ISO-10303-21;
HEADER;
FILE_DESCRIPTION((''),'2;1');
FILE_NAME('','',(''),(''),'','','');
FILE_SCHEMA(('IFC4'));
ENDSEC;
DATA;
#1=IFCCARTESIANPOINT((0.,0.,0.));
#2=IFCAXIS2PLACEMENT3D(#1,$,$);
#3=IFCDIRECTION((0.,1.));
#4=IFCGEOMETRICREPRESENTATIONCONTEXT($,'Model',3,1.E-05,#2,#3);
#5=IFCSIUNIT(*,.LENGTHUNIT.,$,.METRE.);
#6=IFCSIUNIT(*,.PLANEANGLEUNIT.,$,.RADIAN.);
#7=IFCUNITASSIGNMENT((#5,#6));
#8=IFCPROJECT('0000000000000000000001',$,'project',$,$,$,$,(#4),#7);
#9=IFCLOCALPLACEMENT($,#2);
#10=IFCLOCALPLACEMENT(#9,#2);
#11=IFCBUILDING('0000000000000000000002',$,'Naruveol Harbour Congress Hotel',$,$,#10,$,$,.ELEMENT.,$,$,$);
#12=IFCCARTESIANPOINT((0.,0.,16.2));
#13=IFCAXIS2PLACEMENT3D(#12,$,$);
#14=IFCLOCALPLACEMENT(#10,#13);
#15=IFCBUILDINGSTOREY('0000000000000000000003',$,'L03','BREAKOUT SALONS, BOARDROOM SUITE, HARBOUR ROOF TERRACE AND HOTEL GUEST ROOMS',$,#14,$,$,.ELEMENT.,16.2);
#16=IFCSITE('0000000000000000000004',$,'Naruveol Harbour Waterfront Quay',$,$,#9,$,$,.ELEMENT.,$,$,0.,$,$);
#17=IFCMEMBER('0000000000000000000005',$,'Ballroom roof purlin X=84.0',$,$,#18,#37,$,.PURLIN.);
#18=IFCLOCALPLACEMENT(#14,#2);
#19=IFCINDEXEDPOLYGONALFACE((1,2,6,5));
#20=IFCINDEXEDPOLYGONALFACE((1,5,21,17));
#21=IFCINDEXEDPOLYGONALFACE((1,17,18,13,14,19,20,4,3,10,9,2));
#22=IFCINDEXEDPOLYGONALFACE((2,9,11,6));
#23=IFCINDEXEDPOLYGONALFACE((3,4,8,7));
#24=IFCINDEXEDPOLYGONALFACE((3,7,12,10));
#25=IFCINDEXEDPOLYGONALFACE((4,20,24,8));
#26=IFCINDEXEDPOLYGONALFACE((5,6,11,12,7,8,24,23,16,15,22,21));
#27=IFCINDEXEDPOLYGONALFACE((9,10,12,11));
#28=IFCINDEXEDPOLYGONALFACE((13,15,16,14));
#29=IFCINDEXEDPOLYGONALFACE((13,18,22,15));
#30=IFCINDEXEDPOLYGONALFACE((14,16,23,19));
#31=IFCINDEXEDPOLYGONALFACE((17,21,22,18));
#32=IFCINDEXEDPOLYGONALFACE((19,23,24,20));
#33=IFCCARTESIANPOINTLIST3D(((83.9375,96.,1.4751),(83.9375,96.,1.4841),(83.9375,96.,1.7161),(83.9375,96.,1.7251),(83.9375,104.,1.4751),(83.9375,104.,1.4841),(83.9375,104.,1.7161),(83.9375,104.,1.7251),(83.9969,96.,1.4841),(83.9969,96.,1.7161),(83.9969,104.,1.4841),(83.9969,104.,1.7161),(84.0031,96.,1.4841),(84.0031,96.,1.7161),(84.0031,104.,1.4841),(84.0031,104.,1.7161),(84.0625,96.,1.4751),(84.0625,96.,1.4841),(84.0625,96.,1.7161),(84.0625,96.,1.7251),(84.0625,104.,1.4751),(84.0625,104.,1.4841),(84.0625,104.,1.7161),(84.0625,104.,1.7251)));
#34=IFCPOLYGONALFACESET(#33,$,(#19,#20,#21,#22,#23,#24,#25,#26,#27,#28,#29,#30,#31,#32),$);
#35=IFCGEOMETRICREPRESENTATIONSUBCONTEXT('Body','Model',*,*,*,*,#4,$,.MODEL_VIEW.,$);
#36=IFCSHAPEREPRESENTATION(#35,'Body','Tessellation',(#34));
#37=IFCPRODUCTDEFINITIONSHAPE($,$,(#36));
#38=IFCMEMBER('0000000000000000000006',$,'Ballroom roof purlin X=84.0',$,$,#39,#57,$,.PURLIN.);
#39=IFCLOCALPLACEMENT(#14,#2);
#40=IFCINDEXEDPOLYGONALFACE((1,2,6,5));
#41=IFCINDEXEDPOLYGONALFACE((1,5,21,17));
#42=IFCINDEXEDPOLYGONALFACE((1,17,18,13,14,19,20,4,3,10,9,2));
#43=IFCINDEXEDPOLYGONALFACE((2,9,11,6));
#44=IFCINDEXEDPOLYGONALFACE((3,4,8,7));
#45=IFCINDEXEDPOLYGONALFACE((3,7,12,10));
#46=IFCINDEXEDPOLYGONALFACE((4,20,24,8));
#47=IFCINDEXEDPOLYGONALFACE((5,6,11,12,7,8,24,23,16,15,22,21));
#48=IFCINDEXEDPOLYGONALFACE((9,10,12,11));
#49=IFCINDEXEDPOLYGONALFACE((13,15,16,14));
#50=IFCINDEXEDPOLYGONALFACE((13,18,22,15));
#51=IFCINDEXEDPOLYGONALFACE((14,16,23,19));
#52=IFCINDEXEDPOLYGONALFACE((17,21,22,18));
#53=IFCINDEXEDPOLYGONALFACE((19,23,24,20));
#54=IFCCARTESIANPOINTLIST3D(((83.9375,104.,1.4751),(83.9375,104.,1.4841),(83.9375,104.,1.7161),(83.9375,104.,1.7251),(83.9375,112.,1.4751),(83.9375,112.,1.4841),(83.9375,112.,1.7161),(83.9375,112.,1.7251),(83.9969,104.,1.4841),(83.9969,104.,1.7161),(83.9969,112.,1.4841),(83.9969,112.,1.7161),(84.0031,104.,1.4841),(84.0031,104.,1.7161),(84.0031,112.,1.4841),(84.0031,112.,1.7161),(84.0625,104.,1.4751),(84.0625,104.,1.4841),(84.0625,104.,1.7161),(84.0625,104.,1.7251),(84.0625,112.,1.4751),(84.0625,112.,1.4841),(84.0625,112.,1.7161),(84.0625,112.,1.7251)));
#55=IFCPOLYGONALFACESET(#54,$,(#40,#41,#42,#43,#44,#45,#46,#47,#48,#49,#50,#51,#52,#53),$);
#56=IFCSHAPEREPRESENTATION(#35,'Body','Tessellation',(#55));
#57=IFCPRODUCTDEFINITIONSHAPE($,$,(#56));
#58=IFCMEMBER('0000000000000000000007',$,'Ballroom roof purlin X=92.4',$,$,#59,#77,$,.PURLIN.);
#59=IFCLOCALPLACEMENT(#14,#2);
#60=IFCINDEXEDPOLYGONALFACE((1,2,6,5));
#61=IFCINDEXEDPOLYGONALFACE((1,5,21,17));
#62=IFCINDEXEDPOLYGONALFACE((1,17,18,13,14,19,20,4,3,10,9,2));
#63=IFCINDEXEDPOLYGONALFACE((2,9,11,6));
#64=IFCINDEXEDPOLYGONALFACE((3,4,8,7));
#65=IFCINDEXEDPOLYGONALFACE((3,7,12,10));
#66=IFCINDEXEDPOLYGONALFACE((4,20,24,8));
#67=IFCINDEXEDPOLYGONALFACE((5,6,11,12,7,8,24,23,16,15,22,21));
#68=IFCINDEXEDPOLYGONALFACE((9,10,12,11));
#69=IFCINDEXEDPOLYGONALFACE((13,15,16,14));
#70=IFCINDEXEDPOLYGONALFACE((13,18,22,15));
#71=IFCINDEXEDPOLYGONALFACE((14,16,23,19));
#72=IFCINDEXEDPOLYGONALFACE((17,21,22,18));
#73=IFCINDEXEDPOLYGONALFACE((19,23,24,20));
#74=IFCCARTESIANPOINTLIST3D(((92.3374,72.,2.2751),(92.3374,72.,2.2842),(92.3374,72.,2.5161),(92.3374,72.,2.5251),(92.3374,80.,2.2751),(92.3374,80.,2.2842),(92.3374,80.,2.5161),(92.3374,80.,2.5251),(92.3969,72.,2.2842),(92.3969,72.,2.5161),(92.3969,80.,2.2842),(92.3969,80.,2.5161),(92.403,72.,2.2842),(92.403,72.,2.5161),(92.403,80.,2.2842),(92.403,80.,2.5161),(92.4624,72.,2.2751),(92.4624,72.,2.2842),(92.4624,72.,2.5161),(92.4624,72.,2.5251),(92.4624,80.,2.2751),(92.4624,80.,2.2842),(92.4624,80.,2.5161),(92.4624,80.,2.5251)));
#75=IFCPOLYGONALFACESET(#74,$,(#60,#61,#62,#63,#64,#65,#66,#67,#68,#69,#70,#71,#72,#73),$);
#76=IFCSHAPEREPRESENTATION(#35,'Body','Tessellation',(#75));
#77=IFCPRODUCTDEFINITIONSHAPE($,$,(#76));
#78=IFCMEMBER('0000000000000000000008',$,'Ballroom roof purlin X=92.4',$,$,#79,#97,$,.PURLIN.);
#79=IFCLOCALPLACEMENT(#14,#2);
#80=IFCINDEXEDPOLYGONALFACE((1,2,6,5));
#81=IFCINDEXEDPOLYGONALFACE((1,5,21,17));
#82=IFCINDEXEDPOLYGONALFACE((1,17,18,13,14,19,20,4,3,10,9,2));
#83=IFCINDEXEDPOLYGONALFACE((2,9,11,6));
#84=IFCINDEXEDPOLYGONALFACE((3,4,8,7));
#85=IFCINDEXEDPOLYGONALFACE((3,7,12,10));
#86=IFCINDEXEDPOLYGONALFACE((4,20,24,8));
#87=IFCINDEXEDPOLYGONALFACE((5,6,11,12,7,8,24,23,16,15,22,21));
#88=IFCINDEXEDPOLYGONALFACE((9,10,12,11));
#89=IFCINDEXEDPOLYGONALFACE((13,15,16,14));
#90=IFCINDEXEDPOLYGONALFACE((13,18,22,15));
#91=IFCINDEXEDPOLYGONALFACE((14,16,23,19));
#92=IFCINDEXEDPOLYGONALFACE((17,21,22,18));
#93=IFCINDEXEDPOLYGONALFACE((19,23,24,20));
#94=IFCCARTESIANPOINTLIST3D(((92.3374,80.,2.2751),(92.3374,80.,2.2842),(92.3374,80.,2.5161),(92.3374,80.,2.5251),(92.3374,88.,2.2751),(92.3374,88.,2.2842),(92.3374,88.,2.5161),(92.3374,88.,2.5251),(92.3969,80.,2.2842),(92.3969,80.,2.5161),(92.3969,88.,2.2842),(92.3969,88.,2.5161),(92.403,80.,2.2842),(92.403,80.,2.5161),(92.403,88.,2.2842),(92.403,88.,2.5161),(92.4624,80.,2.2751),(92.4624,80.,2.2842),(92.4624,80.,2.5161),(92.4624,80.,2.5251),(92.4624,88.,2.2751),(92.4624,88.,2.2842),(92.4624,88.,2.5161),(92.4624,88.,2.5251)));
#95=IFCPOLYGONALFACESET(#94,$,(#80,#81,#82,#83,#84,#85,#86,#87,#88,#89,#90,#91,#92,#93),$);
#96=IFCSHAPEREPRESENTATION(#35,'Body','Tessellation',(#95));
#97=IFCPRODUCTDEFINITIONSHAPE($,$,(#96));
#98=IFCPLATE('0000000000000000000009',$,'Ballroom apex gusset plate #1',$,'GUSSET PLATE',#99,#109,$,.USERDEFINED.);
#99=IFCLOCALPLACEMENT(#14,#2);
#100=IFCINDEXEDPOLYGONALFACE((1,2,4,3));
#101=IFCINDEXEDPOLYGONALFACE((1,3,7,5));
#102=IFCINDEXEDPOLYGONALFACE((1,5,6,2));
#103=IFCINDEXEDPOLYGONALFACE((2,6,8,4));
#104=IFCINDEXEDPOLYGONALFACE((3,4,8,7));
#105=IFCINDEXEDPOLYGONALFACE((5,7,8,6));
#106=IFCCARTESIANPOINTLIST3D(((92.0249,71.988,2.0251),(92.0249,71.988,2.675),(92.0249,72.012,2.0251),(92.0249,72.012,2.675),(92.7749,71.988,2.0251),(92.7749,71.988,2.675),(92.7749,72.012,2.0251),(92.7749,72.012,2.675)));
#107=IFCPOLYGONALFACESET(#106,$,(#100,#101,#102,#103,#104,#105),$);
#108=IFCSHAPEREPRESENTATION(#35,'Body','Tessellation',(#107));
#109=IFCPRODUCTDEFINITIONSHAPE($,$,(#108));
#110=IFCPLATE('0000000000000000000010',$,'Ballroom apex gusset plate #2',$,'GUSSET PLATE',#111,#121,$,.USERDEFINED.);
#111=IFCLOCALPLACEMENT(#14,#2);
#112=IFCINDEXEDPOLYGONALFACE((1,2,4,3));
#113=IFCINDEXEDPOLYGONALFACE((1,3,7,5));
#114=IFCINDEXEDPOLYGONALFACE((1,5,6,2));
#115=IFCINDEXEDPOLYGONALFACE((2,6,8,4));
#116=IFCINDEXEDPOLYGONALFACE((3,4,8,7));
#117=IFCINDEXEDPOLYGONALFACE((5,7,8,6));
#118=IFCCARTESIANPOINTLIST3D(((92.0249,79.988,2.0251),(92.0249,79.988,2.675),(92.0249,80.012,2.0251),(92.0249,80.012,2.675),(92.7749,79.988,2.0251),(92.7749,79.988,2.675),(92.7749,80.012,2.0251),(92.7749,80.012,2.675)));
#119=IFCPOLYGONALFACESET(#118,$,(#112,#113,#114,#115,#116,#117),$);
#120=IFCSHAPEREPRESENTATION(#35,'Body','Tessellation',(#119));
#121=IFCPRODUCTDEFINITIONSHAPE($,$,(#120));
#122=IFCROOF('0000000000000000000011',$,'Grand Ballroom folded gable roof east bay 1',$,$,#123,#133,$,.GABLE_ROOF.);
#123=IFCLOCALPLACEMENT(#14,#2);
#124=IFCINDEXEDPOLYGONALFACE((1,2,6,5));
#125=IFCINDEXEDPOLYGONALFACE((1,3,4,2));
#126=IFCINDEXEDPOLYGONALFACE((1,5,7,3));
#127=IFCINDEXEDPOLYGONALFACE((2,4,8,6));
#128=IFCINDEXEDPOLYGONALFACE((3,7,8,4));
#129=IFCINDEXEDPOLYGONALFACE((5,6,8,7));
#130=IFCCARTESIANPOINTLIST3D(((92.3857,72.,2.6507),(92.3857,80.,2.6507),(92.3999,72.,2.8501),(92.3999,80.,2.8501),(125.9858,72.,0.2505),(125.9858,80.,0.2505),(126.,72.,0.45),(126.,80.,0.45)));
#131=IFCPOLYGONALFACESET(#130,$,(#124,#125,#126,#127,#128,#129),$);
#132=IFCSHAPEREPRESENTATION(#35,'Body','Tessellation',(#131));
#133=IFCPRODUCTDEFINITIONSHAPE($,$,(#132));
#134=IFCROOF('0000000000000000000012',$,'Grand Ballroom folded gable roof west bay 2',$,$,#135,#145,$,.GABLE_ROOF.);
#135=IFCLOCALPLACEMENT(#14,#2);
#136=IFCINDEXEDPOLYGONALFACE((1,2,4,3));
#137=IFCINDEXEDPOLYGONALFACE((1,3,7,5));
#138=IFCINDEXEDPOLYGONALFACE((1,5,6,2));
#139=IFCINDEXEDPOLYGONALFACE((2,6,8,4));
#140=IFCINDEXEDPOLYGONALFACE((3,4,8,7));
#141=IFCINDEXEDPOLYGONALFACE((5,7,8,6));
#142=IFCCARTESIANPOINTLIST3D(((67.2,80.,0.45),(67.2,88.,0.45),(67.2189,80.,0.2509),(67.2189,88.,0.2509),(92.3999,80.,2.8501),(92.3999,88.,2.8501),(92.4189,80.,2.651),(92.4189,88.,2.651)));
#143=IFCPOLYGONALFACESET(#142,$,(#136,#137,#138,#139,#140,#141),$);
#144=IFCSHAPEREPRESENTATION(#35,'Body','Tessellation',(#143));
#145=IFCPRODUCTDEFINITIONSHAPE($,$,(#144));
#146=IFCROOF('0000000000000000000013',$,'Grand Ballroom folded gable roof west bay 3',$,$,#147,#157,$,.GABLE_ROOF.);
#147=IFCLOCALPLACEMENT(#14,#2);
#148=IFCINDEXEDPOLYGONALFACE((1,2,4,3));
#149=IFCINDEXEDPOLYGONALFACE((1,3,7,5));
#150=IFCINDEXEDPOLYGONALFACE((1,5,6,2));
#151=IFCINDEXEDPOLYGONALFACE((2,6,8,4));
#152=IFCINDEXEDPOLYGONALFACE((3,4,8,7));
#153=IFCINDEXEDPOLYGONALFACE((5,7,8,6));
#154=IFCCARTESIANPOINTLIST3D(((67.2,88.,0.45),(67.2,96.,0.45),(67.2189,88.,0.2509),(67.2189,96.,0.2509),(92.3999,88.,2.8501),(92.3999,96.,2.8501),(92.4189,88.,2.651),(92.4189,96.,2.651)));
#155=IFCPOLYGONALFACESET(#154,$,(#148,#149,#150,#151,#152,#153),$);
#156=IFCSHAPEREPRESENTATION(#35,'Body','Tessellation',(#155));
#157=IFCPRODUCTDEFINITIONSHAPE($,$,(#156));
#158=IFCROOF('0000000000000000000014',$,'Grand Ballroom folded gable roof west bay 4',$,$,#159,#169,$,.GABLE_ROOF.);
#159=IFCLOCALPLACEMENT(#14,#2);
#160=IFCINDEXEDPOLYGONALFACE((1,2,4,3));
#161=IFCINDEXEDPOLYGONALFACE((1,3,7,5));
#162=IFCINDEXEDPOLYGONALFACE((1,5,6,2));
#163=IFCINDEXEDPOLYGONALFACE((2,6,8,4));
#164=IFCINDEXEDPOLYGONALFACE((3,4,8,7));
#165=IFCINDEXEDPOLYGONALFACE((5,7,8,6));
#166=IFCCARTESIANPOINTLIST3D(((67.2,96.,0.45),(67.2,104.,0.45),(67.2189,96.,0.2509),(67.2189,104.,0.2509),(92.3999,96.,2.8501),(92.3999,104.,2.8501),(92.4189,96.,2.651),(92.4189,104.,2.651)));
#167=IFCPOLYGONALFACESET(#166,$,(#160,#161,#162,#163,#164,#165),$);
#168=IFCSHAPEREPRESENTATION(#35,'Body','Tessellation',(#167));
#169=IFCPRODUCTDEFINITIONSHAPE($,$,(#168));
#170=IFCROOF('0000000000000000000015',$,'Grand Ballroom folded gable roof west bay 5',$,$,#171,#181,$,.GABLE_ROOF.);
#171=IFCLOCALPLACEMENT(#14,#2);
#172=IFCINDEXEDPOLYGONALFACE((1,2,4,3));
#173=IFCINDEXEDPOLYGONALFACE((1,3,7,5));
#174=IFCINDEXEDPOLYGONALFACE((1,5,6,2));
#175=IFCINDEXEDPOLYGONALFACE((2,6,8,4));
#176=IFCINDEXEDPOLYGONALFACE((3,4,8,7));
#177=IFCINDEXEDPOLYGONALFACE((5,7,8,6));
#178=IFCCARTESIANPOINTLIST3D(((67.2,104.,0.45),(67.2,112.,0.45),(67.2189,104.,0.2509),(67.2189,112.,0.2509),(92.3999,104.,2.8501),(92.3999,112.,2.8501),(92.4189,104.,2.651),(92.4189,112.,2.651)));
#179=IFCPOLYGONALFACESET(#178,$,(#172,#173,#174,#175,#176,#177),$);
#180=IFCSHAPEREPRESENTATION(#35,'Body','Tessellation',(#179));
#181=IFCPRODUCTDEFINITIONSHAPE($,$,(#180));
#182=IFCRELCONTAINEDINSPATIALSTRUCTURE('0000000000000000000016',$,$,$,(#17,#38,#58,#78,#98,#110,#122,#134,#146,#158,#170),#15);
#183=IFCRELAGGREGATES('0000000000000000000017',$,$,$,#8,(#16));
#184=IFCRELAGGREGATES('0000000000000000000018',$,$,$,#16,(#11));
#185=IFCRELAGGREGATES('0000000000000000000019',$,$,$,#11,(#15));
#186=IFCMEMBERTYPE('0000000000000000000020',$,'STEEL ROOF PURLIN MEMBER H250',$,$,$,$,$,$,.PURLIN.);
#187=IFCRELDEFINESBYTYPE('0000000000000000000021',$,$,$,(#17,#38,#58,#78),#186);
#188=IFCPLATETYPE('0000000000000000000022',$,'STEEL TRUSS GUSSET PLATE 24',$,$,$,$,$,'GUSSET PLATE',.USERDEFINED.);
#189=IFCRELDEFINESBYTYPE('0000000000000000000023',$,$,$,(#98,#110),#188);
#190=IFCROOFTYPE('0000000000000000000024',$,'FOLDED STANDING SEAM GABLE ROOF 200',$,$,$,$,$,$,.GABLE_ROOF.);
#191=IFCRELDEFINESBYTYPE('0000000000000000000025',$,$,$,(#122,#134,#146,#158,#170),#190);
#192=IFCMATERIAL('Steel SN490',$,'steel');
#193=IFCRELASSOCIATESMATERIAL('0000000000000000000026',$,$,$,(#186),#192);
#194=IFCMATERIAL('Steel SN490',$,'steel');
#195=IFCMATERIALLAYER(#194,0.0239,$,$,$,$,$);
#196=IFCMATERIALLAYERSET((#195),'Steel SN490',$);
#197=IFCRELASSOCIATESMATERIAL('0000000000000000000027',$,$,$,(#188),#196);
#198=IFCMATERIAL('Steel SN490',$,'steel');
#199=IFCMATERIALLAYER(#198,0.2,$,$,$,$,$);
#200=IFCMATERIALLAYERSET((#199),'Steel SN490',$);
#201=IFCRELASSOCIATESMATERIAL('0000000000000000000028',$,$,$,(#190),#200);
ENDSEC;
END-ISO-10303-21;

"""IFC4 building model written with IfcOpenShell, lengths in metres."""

from ifc_helpers import new_model, si_unit, direction, frame, origin, origin_2d, place, context, subcontext, project, spatial, polyline, rectangle, i_section, outline, extrude, material, layer, layer_set, material_profile, profile_set, type_object, element, save


model = new_model("IFC4")

# Units and contexts
model_context = context("Model", 3, precision=1e-05, world=origin(), true_north=direction((0.0, 1.0)))
body_context = subcontext(model_context, "Body", "Model", "MODEL_VIEW")
ifc_project = project(units=[si_unit("LENGTHUNIT", "METRE"), si_unit("PLANEANGLEUNIT", "RADIAN")], contexts=[model_context])

# Site, building, storey
site_placement = place(None, origin())
site = spatial("IfcSite", under=ifc_project, at=site_placement, Name="Naruveol Harbour Waterfront Quay", CompositionType="ELEMENT", RefElevation=0.0)
building_placement = place(site_placement, origin())
building = spatial("IfcBuilding", under=site, at=building_placement, Name="Naruveol Harbour Congress Hotel", CompositionType="ELEMENT")
storey_placement = place(building_placement, frame((0.0, 0.0, 16.2)))
storey = spatial("IfcBuildingStorey", under=building, at=storey_placement, Name="L03", Description="BREAKOUT SALONS, BOARDROOM SUITE, HARBOUR ROOF TERRACE AND HOTEL GUEST ROOMS", CompositionType="ELEMENT", Elevation=16.2)

# Members
ifc_material_1 = material(Name="Steel SN490", Category="steel")
ifc_material_profile_1 = material_profile(ifc_material_1, i_section(OverallWidth=0.125, OverallDepth=0.25, WebThickness=0.0061, FlangeThickness=0.009, at=origin_2d()), Name="H-250x125x6x9")
ifc_profile_set_1 = profile_set([ifc_material_profile_1], Name="Steel SN490")
member_type_1 = type_object("IfcMemberType", Name="STEEL ROOF PURLIN MEMBER H250", PredefinedType="PURLIN", material=ifc_profile_set_1)
for number, where, z_axis, x_axis, name in (
    (1, (84.0, 96.0, 1.6001), (0.0, 1.0, 0.0), (-1.0, 0.0, 0.0), "Ballroom roof purlin X=84.0"),
    (2, (84.0, 104.0, 1.6001), (0.0, 1.0, 0.0), (-1.0, 0.0, 0.0), "Ballroom roof purlin X=84.0"),
    (3, (92.3999, 72.0, 2.4001), (0.0, 1.0, 0.0), (-1.0, 0.0, 0.0), "Ballroom roof purlin X=92.4"),
    (4, (92.3999, 80.0, 2.4001), (0.0, 1.0, 0.0), (-1.0, 0.0, 0.0), "Ballroom roof purlin X=92.4"),
):
    element("IfcMember", number, at=place(storey_placement, frame(where, z_axis=z_axis, x_axis=x_axis)), inside=storey, type_object=member_type_1, Name=name, PredefinedType="PURLIN", context=body_context, shape_type="SweptSolid", body=[
        extrude(i_section(OverallWidth=0.125, OverallDepth=0.25, WebThickness=0.0061, FlangeThickness=0.009, at=origin_2d()), origin(), (0.0, 0.0, 1.0), 8.0),
    ])

# Plates
ifc_material_2 = material(Name="Steel SN490", Category="steel")
ifc_layer_1 = layer(ifc_material_2, 0.0239)
ifc_layer_set_1 = layer_set([ifc_layer_1], Name="Steel SN490")
plate_type = type_object("IfcPlateType", Name="STEEL TRUSS GUSSET PLATE 24", ElementType="GUSSET PLATE", PredefinedType="USERDEFINED", material=ifc_layer_set_1)
for number, where, z_axis, x_axis, name in (
    (5, (92.3999, 72.0, 2.0251), (0.0, 0.0, 1.0), (1.0, 0.0, 0.0), "Ballroom apex gusset plate #1"),
    (6, (92.3999, 80.0, 2.0251), (0.0, 0.0, 1.0), (1.0, 0.0, 0.0), "Ballroom apex gusset plate #2"),
):
    element("IfcPlate", number, at=place(storey_placement, frame(where, z_axis=z_axis, x_axis=x_axis)), inside=storey, type_object=plate_type, Name=name, ObjectType="GUSSET PLATE", PredefinedType="USERDEFINED", context=body_context, shape_type="SweptSolid", body=[
        extrude(rectangle(XDim=0.75, YDim=0.0239, at=origin_2d()), origin(), (0.0, 0.0, 1.0), 0.6499),
    ])

# Roofs
ifc_material_3 = material(Name="Steel SN490", Category="steel")
ifc_layer_2 = layer(ifc_material_3, 0.2)
ifc_layer_set_2 = layer_set([ifc_layer_2], Name="Steel SN490")
roof_type = type_object("IfcRoofType", Name="FOLDED STANDING SEAM GABLE ROOF 200", PredefinedType="GABLE_ROOF", material=ifc_layer_set_2)
roof_placement = place(storey_placement, frame((92.3999, 72.0, 2.8501), z_axis=(0.071251, 0.0, 0.997458), x_axis=(0.997458, 0.0, -0.071251)))
element("IfcRoof", 7, at=roof_placement, inside=storey, type_object=roof_type, Name="Grand Ballroom folded gable roof east bay 1", PredefinedType="GABLE_ROOF", context=body_context, shape_type="SweptSolid", body=[
    extrude(outline(polyline([(0.0, 0.0), (33.6857, 0.0), (33.6857, 8.0), (0.0, 8.0), (0.0, 0.0)])), origin(), (0.0, 0.0, -1.0), 0.2),
])
for number, where, z_axis, x_axis, name in (
    (8, (67.2, 80.0, 0.45), (-0.094815, 0.0, 0.995495), (0.995495, 0.0, 0.094815), "Grand Ballroom folded gable roof west bay 2"),
    (9, (67.2, 88.0, 0.45), (-0.094815, 0.0, 0.995495), (0.995495, 0.0, 0.094815), "Grand Ballroom folded gable roof west bay 3"),
    (10, (67.2, 96.0, 0.45), (-0.094815, 0.0, 0.995495), (0.995495, 0.0, 0.094815), "Grand Ballroom folded gable roof west bay 4"),
    (11, (67.2, 104.0, 0.45), (-0.094815, 0.0, 0.995495), (0.995495, 0.0, 0.094815), "Grand Ballroom folded gable roof west bay 5"),
):
    element("IfcRoof", number, at=place(storey_placement, frame(where, z_axis=z_axis, x_axis=x_axis)), inside=storey, type_object=roof_type, Name=name, PredefinedType="GABLE_ROOF", context=body_context, shape_type="SweptSolid", body=[
        extrude(outline(polyline([(0.0, 0.0), (25.314, 0.0), (25.314, 8.0), (0.0, 8.0), (0.0, 0.0)])), origin(), (0.0, 0.0, -1.0), 0.2),
    ])

save(model, "model.ifc")
